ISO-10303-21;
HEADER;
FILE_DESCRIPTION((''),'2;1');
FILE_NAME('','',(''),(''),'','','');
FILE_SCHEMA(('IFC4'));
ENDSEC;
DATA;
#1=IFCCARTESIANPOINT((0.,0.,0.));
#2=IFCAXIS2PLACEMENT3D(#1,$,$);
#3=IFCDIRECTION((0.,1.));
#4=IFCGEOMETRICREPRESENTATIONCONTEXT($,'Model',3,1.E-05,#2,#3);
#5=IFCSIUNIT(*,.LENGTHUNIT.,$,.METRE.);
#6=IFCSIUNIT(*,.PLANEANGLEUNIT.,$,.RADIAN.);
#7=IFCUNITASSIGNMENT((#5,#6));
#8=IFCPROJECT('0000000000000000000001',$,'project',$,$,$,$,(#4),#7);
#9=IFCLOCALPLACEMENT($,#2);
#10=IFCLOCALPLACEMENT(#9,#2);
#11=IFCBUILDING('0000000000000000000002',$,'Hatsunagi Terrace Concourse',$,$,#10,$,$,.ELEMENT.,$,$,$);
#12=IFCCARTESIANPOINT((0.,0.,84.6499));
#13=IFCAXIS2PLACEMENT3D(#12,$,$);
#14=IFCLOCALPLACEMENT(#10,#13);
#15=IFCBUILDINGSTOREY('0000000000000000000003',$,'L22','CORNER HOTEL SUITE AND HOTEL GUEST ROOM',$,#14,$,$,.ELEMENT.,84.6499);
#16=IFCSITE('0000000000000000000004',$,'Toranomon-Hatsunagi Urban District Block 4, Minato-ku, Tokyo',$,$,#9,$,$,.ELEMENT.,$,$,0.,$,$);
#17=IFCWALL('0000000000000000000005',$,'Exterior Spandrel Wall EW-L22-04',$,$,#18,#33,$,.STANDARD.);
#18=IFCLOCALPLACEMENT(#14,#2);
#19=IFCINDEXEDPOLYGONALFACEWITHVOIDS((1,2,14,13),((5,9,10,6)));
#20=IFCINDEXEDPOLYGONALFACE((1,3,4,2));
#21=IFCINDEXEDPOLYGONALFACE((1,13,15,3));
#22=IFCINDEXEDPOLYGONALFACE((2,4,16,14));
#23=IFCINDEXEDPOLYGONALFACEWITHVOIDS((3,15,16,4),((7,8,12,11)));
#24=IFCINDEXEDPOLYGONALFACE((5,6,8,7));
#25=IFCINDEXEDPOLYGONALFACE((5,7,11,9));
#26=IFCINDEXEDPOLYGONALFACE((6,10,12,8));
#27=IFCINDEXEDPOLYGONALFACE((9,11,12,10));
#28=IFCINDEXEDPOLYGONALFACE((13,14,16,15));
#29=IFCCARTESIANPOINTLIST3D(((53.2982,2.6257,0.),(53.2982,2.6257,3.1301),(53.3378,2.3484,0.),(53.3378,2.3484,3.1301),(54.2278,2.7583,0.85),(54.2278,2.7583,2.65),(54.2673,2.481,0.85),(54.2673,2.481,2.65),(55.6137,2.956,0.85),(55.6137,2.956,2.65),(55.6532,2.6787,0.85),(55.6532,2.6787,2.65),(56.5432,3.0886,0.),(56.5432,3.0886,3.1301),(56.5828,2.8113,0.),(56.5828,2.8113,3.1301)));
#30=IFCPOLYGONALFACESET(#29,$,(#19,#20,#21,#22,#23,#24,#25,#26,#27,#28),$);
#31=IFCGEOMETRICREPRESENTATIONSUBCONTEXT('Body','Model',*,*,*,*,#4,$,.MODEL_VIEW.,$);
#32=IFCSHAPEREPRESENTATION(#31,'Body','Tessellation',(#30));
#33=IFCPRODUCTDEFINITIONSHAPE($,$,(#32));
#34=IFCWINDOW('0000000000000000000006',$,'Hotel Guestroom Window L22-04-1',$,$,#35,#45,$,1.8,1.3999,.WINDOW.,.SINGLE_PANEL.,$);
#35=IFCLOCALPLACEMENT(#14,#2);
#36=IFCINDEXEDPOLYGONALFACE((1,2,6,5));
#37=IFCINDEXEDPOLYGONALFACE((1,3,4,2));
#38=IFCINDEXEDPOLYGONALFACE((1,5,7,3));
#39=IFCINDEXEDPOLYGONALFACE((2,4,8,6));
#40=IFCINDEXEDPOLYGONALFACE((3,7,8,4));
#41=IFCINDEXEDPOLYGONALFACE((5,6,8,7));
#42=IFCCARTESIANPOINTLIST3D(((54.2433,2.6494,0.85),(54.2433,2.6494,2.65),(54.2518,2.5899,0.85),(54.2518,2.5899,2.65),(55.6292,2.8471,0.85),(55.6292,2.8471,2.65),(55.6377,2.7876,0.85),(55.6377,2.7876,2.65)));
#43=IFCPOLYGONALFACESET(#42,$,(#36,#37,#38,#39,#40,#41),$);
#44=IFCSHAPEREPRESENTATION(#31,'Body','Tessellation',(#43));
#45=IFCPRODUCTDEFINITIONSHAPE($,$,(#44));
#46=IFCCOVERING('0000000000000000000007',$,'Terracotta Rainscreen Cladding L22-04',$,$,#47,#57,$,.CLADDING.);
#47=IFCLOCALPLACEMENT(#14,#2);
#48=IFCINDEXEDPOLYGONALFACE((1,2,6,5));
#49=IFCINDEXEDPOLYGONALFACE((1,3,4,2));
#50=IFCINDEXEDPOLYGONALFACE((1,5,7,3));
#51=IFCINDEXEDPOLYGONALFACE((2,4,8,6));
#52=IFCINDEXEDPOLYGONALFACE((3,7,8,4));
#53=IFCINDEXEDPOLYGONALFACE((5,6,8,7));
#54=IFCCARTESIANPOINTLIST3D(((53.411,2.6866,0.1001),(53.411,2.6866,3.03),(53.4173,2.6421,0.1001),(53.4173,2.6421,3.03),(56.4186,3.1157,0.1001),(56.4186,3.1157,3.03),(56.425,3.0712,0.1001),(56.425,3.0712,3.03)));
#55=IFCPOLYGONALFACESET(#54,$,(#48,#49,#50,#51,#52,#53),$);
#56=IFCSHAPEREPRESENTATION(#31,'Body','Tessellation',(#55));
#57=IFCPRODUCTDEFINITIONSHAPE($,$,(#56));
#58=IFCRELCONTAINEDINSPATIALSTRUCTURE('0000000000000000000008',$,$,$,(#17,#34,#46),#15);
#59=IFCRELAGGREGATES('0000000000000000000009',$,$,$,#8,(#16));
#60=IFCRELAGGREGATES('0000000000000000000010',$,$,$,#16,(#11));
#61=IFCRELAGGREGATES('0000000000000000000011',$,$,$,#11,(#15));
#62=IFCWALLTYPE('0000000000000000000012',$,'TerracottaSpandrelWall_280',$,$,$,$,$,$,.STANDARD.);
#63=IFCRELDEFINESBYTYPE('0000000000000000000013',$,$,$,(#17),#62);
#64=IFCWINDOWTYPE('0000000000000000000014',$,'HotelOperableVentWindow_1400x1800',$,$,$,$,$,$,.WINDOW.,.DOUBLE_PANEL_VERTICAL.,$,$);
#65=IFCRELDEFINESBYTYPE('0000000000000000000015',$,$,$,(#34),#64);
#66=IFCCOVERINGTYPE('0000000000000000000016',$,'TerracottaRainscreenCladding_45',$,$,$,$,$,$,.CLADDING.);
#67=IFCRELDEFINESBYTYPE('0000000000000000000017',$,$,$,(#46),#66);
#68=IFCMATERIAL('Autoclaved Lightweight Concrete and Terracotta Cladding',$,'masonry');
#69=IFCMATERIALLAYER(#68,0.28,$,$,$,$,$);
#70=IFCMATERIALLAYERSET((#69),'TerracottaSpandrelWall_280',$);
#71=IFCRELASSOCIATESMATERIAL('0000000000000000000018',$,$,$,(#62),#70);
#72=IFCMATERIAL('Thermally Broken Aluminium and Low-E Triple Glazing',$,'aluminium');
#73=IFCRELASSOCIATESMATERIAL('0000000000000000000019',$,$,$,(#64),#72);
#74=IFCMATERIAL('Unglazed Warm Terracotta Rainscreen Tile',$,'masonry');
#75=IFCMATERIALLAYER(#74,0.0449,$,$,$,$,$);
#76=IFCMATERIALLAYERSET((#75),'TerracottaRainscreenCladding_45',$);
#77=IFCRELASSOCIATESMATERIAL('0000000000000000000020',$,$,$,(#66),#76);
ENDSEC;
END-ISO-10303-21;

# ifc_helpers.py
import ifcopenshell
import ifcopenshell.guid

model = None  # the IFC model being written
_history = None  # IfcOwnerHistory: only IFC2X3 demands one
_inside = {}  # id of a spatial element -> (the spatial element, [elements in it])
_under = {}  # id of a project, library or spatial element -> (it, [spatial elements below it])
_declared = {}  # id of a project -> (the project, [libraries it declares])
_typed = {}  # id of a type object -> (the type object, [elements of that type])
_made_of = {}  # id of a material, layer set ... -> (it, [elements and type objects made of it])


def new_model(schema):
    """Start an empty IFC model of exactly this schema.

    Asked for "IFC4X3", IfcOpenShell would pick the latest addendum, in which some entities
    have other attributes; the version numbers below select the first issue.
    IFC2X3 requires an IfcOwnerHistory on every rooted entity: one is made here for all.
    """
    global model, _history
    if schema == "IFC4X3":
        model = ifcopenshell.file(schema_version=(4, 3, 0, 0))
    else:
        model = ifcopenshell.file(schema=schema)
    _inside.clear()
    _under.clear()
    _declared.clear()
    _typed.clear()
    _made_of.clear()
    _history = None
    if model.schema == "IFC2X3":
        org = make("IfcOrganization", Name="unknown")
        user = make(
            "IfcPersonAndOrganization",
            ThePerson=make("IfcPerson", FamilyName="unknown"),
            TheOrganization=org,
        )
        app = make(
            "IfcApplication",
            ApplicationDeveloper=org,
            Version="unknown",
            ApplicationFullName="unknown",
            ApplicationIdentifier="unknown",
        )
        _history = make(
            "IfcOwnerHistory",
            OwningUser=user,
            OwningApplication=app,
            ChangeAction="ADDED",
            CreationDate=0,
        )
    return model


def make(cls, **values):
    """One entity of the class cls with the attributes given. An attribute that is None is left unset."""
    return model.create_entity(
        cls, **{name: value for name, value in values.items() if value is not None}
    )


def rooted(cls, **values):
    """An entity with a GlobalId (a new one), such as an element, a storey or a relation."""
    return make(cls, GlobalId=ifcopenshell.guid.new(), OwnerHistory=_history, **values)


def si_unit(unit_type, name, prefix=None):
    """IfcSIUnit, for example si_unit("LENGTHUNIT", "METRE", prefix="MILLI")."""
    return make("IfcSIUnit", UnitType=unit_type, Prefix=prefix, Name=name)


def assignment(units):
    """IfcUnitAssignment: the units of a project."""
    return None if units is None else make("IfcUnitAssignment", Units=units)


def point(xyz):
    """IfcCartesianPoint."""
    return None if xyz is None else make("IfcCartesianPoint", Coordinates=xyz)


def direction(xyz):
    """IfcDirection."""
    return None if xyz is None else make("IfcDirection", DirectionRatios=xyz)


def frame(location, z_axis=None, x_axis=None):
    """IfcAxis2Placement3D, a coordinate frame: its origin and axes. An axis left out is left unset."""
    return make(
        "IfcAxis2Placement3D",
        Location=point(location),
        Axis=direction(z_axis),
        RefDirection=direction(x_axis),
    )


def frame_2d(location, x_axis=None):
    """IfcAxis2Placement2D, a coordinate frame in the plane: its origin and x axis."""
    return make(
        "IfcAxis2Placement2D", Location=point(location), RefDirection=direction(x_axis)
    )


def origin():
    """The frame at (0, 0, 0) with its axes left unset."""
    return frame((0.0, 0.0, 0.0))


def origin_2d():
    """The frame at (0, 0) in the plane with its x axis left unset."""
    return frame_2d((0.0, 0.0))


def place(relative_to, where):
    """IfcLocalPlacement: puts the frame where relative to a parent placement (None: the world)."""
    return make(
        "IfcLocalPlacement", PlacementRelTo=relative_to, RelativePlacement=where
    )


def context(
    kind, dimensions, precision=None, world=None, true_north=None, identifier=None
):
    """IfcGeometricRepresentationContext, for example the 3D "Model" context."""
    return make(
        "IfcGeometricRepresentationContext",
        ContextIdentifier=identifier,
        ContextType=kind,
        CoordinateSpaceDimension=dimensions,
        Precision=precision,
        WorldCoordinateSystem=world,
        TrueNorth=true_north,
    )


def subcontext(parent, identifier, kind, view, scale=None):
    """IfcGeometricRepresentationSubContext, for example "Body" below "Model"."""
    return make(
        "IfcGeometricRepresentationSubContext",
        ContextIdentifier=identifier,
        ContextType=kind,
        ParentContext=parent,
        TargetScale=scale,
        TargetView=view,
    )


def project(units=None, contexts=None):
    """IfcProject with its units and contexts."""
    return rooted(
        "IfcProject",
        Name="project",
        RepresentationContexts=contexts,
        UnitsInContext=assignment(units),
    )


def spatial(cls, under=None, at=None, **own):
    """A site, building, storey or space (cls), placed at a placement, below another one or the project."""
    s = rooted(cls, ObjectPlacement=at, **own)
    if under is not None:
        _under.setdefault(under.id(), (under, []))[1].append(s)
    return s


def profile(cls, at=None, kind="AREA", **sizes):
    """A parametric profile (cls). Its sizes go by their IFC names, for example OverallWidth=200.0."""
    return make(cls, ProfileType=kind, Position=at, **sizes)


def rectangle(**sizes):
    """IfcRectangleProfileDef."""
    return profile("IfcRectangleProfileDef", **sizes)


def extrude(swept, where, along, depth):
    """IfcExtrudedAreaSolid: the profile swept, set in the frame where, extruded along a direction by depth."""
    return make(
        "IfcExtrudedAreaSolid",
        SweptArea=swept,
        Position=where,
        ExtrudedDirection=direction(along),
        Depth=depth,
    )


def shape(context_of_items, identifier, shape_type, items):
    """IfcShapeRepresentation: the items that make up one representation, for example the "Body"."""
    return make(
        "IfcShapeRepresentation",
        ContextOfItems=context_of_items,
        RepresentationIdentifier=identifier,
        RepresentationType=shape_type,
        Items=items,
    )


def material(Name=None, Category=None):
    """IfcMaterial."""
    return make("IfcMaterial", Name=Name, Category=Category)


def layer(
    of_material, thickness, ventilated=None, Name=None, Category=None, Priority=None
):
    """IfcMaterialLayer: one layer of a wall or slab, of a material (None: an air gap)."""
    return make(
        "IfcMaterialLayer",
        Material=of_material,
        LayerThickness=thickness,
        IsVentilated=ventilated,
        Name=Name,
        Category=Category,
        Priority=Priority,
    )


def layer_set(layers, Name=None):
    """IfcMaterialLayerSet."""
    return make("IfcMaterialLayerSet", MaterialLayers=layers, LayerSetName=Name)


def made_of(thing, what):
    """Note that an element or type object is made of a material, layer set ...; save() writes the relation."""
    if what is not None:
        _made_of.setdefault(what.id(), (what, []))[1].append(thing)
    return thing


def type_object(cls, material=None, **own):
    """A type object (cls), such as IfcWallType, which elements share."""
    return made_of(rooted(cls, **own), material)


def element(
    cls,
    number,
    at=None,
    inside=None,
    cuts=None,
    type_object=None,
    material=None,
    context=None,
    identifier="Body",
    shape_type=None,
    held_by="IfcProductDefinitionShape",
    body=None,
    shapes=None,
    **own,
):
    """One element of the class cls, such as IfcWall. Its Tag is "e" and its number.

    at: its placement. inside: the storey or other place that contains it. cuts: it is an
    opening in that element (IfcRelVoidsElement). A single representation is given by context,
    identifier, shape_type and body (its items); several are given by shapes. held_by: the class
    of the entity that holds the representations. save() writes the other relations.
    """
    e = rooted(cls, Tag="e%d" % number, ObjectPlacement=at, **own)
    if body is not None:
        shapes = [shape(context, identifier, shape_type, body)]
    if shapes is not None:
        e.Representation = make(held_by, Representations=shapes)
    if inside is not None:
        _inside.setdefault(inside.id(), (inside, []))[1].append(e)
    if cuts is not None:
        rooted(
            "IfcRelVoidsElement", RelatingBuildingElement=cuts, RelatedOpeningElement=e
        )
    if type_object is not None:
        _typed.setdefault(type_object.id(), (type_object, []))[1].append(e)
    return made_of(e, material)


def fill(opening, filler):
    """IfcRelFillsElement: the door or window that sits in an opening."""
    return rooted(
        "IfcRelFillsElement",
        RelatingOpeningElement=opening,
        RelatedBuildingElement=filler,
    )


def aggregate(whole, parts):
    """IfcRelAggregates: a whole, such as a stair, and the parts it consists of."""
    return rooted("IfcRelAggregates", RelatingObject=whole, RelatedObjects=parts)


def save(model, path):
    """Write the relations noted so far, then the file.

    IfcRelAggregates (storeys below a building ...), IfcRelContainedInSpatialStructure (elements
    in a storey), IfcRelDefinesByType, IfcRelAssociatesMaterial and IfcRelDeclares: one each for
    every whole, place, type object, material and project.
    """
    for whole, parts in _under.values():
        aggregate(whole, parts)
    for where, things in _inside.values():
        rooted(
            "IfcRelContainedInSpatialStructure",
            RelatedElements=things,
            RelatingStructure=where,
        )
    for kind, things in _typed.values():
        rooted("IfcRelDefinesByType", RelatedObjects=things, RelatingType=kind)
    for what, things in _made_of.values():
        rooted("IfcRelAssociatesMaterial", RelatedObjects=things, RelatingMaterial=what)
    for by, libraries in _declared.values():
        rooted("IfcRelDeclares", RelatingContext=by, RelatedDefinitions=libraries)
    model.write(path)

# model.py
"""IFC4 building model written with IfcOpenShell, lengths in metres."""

from ifc_helpers import new_model, si_unit, direction, frame, frame_2d, origin, origin_2d, place, context, subcontext, project, spatial, rectangle, extrude, material, layer, layer_set, type_object, element, fill, save


model = new_model("IFC4")

# Units and contexts
model_context = context("Model", 3, precision=1e-05, world=origin(), true_north=direction((0.0, 1.0)))
body_context = subcontext(model_context, "Body", "Model", "MODEL_VIEW")
ifc_project = project(units=[si_unit("LENGTHUNIT", "METRE"), si_unit("PLANEANGLEUNIT", "RADIAN")], contexts=[model_context])

# Site, building, storey
site_placement = place(None, origin())
site = spatial("IfcSite", under=ifc_project, at=site_placement, Name="Toranomon-Hatsunagi Urban District Block 4, Minato-ku, Tokyo", CompositionType="ELEMENT", RefElevation=0.0)
building_placement = place(site_placement, origin())
building = spatial("IfcBuilding", under=site, at=building_placement, Name="Hatsunagi Terrace Concourse", CompositionType="ELEMENT")
storey_placement = place(building_placement, frame((0.0, 0.0, 84.6499)))
storey = spatial("IfcBuildingStorey", under=building, at=storey_placement, Name="L22", Description="CORNER HOTEL SUITE AND HOTEL GUEST ROOM", CompositionType="ELEMENT", Elevation=84.6499)

# Wall, opening, window
ifc_material_1 = material(Name="Autoclaved Lightweight Concrete and Terracotta Cladding", Category="masonry")
ifc_layer_1 = layer(ifc_material_1, 0.28)
ifc_layer_set_1 = layer_set([ifc_layer_1], Name="TerracottaSpandrelWall_280")
wall_type_1 = type_object("IfcWallType", Name="TerracottaSpandrelWall_280", PredefinedType="STANDARD", material=ifc_layer_set_1)
wall_1_placement = place(storey_placement, frame((56.563, 2.95, 0.0), z_axis=(0.0, 0.0, 1.0), x_axis=(-0.989978, -0.141223, 0.0)))
wall_1 = element("IfcWall", 1, at=wall_1_placement, inside=storey, type_object=wall_type_1, Name="Exterior Spandrel Wall EW-L22-04", PredefinedType="STANDARD", context=body_context, shape_type="SweptSolid", body=[
    extrude(rectangle(XDim=3.2778, YDim=0.28, at=frame_2d((1.6389, 0.0))), origin(), (0.0, 0.0, 1.0), 3.1301),
])
opening_1_placement = place(wall_1_placement, frame((0.939, 0.0, 0.8501)))
opening_1 = element("IfcOpeningElement", 2, at=opening_1_placement, cuts=wall_1, PredefinedType="OPENING", context=body_context, shape_type="SweptSolid", body=[
    extrude(rectangle(XDim=1.3999, YDim=1.8, at=frame_2d((0.7, 0.8999))), frame((0.0, 0.1499, 0.0), z_axis=(0.0, -1.0, 0.0), x_axis=(1.0, 0.0, 0.0)), (0.0, 0.0, 1.0), 0.3),
])
ifc_material_2 = material(Name="Thermally Broken Aluminium and Low-E Triple Glazing", Category="aluminium")
window_type = type_object("IfcWindowType", Name="HotelOperableVentWindow_1400x1800", PartitioningType="DOUBLE_PANEL_VERTICAL", PredefinedType="WINDOW", material=ifc_material_2)
window_placement = place(opening_1_placement, origin())
window = element("IfcWindow", 3, at=window_placement, inside=storey, type_object=window_type, Name="Hotel Guestroom Window L22-04-1", OverallHeight=1.8, OverallWidth=1.3999, PartitioningType="SINGLE_PANEL", PredefinedType="WINDOW", context=body_context, shape_type="SweptSolid", body=[
    extrude(rectangle(XDim=1.3999, YDim=1.8, at=frame_2d((0.7, 0.8999))), frame((0.0, 0.03, 0.0), z_axis=(0.0, -1.0, 0.0), x_axis=(1.0, 0.0, 0.0)), (0.0, 0.0, 1.0), 0.0601),
])
fill(opening_1, window)

# Covering
ifc_material_3 = material(Name="Unglazed Warm Terracotta Rainscreen Tile", Category="masonry")
ifc_layer_2 = layer(ifc_material_3, 0.0449)
ifc_layer_set_2 = layer_set([ifc_layer_2], Name="TerracottaRainscreenCladding_45")
covering_type = type_object("IfcCoveringType", Name="TerracottaRainscreenCladding_45", PredefinedType="CLADDING", material=ifc_layer_set_2)
covering_placement = place(storey_placement, frame((54.918, 2.8789, 0.1001), z_axis=(0.0, 0.0, 1.0), x_axis=(-0.989974, -0.14125, 0.0)))
element("IfcCovering", 4, at=covering_placement, inside=storey, type_object=covering_type, Name="Terracotta Rainscreen Cladding L22-04", PredefinedType="CLADDING", context=body_context, shape_type="SweptSolid", body=[
    extrude(rectangle(XDim=3.0381, YDim=0.0449, at=origin_2d()), origin(), (0.0, 0.0, 1.0), 2.9299),
])

save(model, "model.ifc")
